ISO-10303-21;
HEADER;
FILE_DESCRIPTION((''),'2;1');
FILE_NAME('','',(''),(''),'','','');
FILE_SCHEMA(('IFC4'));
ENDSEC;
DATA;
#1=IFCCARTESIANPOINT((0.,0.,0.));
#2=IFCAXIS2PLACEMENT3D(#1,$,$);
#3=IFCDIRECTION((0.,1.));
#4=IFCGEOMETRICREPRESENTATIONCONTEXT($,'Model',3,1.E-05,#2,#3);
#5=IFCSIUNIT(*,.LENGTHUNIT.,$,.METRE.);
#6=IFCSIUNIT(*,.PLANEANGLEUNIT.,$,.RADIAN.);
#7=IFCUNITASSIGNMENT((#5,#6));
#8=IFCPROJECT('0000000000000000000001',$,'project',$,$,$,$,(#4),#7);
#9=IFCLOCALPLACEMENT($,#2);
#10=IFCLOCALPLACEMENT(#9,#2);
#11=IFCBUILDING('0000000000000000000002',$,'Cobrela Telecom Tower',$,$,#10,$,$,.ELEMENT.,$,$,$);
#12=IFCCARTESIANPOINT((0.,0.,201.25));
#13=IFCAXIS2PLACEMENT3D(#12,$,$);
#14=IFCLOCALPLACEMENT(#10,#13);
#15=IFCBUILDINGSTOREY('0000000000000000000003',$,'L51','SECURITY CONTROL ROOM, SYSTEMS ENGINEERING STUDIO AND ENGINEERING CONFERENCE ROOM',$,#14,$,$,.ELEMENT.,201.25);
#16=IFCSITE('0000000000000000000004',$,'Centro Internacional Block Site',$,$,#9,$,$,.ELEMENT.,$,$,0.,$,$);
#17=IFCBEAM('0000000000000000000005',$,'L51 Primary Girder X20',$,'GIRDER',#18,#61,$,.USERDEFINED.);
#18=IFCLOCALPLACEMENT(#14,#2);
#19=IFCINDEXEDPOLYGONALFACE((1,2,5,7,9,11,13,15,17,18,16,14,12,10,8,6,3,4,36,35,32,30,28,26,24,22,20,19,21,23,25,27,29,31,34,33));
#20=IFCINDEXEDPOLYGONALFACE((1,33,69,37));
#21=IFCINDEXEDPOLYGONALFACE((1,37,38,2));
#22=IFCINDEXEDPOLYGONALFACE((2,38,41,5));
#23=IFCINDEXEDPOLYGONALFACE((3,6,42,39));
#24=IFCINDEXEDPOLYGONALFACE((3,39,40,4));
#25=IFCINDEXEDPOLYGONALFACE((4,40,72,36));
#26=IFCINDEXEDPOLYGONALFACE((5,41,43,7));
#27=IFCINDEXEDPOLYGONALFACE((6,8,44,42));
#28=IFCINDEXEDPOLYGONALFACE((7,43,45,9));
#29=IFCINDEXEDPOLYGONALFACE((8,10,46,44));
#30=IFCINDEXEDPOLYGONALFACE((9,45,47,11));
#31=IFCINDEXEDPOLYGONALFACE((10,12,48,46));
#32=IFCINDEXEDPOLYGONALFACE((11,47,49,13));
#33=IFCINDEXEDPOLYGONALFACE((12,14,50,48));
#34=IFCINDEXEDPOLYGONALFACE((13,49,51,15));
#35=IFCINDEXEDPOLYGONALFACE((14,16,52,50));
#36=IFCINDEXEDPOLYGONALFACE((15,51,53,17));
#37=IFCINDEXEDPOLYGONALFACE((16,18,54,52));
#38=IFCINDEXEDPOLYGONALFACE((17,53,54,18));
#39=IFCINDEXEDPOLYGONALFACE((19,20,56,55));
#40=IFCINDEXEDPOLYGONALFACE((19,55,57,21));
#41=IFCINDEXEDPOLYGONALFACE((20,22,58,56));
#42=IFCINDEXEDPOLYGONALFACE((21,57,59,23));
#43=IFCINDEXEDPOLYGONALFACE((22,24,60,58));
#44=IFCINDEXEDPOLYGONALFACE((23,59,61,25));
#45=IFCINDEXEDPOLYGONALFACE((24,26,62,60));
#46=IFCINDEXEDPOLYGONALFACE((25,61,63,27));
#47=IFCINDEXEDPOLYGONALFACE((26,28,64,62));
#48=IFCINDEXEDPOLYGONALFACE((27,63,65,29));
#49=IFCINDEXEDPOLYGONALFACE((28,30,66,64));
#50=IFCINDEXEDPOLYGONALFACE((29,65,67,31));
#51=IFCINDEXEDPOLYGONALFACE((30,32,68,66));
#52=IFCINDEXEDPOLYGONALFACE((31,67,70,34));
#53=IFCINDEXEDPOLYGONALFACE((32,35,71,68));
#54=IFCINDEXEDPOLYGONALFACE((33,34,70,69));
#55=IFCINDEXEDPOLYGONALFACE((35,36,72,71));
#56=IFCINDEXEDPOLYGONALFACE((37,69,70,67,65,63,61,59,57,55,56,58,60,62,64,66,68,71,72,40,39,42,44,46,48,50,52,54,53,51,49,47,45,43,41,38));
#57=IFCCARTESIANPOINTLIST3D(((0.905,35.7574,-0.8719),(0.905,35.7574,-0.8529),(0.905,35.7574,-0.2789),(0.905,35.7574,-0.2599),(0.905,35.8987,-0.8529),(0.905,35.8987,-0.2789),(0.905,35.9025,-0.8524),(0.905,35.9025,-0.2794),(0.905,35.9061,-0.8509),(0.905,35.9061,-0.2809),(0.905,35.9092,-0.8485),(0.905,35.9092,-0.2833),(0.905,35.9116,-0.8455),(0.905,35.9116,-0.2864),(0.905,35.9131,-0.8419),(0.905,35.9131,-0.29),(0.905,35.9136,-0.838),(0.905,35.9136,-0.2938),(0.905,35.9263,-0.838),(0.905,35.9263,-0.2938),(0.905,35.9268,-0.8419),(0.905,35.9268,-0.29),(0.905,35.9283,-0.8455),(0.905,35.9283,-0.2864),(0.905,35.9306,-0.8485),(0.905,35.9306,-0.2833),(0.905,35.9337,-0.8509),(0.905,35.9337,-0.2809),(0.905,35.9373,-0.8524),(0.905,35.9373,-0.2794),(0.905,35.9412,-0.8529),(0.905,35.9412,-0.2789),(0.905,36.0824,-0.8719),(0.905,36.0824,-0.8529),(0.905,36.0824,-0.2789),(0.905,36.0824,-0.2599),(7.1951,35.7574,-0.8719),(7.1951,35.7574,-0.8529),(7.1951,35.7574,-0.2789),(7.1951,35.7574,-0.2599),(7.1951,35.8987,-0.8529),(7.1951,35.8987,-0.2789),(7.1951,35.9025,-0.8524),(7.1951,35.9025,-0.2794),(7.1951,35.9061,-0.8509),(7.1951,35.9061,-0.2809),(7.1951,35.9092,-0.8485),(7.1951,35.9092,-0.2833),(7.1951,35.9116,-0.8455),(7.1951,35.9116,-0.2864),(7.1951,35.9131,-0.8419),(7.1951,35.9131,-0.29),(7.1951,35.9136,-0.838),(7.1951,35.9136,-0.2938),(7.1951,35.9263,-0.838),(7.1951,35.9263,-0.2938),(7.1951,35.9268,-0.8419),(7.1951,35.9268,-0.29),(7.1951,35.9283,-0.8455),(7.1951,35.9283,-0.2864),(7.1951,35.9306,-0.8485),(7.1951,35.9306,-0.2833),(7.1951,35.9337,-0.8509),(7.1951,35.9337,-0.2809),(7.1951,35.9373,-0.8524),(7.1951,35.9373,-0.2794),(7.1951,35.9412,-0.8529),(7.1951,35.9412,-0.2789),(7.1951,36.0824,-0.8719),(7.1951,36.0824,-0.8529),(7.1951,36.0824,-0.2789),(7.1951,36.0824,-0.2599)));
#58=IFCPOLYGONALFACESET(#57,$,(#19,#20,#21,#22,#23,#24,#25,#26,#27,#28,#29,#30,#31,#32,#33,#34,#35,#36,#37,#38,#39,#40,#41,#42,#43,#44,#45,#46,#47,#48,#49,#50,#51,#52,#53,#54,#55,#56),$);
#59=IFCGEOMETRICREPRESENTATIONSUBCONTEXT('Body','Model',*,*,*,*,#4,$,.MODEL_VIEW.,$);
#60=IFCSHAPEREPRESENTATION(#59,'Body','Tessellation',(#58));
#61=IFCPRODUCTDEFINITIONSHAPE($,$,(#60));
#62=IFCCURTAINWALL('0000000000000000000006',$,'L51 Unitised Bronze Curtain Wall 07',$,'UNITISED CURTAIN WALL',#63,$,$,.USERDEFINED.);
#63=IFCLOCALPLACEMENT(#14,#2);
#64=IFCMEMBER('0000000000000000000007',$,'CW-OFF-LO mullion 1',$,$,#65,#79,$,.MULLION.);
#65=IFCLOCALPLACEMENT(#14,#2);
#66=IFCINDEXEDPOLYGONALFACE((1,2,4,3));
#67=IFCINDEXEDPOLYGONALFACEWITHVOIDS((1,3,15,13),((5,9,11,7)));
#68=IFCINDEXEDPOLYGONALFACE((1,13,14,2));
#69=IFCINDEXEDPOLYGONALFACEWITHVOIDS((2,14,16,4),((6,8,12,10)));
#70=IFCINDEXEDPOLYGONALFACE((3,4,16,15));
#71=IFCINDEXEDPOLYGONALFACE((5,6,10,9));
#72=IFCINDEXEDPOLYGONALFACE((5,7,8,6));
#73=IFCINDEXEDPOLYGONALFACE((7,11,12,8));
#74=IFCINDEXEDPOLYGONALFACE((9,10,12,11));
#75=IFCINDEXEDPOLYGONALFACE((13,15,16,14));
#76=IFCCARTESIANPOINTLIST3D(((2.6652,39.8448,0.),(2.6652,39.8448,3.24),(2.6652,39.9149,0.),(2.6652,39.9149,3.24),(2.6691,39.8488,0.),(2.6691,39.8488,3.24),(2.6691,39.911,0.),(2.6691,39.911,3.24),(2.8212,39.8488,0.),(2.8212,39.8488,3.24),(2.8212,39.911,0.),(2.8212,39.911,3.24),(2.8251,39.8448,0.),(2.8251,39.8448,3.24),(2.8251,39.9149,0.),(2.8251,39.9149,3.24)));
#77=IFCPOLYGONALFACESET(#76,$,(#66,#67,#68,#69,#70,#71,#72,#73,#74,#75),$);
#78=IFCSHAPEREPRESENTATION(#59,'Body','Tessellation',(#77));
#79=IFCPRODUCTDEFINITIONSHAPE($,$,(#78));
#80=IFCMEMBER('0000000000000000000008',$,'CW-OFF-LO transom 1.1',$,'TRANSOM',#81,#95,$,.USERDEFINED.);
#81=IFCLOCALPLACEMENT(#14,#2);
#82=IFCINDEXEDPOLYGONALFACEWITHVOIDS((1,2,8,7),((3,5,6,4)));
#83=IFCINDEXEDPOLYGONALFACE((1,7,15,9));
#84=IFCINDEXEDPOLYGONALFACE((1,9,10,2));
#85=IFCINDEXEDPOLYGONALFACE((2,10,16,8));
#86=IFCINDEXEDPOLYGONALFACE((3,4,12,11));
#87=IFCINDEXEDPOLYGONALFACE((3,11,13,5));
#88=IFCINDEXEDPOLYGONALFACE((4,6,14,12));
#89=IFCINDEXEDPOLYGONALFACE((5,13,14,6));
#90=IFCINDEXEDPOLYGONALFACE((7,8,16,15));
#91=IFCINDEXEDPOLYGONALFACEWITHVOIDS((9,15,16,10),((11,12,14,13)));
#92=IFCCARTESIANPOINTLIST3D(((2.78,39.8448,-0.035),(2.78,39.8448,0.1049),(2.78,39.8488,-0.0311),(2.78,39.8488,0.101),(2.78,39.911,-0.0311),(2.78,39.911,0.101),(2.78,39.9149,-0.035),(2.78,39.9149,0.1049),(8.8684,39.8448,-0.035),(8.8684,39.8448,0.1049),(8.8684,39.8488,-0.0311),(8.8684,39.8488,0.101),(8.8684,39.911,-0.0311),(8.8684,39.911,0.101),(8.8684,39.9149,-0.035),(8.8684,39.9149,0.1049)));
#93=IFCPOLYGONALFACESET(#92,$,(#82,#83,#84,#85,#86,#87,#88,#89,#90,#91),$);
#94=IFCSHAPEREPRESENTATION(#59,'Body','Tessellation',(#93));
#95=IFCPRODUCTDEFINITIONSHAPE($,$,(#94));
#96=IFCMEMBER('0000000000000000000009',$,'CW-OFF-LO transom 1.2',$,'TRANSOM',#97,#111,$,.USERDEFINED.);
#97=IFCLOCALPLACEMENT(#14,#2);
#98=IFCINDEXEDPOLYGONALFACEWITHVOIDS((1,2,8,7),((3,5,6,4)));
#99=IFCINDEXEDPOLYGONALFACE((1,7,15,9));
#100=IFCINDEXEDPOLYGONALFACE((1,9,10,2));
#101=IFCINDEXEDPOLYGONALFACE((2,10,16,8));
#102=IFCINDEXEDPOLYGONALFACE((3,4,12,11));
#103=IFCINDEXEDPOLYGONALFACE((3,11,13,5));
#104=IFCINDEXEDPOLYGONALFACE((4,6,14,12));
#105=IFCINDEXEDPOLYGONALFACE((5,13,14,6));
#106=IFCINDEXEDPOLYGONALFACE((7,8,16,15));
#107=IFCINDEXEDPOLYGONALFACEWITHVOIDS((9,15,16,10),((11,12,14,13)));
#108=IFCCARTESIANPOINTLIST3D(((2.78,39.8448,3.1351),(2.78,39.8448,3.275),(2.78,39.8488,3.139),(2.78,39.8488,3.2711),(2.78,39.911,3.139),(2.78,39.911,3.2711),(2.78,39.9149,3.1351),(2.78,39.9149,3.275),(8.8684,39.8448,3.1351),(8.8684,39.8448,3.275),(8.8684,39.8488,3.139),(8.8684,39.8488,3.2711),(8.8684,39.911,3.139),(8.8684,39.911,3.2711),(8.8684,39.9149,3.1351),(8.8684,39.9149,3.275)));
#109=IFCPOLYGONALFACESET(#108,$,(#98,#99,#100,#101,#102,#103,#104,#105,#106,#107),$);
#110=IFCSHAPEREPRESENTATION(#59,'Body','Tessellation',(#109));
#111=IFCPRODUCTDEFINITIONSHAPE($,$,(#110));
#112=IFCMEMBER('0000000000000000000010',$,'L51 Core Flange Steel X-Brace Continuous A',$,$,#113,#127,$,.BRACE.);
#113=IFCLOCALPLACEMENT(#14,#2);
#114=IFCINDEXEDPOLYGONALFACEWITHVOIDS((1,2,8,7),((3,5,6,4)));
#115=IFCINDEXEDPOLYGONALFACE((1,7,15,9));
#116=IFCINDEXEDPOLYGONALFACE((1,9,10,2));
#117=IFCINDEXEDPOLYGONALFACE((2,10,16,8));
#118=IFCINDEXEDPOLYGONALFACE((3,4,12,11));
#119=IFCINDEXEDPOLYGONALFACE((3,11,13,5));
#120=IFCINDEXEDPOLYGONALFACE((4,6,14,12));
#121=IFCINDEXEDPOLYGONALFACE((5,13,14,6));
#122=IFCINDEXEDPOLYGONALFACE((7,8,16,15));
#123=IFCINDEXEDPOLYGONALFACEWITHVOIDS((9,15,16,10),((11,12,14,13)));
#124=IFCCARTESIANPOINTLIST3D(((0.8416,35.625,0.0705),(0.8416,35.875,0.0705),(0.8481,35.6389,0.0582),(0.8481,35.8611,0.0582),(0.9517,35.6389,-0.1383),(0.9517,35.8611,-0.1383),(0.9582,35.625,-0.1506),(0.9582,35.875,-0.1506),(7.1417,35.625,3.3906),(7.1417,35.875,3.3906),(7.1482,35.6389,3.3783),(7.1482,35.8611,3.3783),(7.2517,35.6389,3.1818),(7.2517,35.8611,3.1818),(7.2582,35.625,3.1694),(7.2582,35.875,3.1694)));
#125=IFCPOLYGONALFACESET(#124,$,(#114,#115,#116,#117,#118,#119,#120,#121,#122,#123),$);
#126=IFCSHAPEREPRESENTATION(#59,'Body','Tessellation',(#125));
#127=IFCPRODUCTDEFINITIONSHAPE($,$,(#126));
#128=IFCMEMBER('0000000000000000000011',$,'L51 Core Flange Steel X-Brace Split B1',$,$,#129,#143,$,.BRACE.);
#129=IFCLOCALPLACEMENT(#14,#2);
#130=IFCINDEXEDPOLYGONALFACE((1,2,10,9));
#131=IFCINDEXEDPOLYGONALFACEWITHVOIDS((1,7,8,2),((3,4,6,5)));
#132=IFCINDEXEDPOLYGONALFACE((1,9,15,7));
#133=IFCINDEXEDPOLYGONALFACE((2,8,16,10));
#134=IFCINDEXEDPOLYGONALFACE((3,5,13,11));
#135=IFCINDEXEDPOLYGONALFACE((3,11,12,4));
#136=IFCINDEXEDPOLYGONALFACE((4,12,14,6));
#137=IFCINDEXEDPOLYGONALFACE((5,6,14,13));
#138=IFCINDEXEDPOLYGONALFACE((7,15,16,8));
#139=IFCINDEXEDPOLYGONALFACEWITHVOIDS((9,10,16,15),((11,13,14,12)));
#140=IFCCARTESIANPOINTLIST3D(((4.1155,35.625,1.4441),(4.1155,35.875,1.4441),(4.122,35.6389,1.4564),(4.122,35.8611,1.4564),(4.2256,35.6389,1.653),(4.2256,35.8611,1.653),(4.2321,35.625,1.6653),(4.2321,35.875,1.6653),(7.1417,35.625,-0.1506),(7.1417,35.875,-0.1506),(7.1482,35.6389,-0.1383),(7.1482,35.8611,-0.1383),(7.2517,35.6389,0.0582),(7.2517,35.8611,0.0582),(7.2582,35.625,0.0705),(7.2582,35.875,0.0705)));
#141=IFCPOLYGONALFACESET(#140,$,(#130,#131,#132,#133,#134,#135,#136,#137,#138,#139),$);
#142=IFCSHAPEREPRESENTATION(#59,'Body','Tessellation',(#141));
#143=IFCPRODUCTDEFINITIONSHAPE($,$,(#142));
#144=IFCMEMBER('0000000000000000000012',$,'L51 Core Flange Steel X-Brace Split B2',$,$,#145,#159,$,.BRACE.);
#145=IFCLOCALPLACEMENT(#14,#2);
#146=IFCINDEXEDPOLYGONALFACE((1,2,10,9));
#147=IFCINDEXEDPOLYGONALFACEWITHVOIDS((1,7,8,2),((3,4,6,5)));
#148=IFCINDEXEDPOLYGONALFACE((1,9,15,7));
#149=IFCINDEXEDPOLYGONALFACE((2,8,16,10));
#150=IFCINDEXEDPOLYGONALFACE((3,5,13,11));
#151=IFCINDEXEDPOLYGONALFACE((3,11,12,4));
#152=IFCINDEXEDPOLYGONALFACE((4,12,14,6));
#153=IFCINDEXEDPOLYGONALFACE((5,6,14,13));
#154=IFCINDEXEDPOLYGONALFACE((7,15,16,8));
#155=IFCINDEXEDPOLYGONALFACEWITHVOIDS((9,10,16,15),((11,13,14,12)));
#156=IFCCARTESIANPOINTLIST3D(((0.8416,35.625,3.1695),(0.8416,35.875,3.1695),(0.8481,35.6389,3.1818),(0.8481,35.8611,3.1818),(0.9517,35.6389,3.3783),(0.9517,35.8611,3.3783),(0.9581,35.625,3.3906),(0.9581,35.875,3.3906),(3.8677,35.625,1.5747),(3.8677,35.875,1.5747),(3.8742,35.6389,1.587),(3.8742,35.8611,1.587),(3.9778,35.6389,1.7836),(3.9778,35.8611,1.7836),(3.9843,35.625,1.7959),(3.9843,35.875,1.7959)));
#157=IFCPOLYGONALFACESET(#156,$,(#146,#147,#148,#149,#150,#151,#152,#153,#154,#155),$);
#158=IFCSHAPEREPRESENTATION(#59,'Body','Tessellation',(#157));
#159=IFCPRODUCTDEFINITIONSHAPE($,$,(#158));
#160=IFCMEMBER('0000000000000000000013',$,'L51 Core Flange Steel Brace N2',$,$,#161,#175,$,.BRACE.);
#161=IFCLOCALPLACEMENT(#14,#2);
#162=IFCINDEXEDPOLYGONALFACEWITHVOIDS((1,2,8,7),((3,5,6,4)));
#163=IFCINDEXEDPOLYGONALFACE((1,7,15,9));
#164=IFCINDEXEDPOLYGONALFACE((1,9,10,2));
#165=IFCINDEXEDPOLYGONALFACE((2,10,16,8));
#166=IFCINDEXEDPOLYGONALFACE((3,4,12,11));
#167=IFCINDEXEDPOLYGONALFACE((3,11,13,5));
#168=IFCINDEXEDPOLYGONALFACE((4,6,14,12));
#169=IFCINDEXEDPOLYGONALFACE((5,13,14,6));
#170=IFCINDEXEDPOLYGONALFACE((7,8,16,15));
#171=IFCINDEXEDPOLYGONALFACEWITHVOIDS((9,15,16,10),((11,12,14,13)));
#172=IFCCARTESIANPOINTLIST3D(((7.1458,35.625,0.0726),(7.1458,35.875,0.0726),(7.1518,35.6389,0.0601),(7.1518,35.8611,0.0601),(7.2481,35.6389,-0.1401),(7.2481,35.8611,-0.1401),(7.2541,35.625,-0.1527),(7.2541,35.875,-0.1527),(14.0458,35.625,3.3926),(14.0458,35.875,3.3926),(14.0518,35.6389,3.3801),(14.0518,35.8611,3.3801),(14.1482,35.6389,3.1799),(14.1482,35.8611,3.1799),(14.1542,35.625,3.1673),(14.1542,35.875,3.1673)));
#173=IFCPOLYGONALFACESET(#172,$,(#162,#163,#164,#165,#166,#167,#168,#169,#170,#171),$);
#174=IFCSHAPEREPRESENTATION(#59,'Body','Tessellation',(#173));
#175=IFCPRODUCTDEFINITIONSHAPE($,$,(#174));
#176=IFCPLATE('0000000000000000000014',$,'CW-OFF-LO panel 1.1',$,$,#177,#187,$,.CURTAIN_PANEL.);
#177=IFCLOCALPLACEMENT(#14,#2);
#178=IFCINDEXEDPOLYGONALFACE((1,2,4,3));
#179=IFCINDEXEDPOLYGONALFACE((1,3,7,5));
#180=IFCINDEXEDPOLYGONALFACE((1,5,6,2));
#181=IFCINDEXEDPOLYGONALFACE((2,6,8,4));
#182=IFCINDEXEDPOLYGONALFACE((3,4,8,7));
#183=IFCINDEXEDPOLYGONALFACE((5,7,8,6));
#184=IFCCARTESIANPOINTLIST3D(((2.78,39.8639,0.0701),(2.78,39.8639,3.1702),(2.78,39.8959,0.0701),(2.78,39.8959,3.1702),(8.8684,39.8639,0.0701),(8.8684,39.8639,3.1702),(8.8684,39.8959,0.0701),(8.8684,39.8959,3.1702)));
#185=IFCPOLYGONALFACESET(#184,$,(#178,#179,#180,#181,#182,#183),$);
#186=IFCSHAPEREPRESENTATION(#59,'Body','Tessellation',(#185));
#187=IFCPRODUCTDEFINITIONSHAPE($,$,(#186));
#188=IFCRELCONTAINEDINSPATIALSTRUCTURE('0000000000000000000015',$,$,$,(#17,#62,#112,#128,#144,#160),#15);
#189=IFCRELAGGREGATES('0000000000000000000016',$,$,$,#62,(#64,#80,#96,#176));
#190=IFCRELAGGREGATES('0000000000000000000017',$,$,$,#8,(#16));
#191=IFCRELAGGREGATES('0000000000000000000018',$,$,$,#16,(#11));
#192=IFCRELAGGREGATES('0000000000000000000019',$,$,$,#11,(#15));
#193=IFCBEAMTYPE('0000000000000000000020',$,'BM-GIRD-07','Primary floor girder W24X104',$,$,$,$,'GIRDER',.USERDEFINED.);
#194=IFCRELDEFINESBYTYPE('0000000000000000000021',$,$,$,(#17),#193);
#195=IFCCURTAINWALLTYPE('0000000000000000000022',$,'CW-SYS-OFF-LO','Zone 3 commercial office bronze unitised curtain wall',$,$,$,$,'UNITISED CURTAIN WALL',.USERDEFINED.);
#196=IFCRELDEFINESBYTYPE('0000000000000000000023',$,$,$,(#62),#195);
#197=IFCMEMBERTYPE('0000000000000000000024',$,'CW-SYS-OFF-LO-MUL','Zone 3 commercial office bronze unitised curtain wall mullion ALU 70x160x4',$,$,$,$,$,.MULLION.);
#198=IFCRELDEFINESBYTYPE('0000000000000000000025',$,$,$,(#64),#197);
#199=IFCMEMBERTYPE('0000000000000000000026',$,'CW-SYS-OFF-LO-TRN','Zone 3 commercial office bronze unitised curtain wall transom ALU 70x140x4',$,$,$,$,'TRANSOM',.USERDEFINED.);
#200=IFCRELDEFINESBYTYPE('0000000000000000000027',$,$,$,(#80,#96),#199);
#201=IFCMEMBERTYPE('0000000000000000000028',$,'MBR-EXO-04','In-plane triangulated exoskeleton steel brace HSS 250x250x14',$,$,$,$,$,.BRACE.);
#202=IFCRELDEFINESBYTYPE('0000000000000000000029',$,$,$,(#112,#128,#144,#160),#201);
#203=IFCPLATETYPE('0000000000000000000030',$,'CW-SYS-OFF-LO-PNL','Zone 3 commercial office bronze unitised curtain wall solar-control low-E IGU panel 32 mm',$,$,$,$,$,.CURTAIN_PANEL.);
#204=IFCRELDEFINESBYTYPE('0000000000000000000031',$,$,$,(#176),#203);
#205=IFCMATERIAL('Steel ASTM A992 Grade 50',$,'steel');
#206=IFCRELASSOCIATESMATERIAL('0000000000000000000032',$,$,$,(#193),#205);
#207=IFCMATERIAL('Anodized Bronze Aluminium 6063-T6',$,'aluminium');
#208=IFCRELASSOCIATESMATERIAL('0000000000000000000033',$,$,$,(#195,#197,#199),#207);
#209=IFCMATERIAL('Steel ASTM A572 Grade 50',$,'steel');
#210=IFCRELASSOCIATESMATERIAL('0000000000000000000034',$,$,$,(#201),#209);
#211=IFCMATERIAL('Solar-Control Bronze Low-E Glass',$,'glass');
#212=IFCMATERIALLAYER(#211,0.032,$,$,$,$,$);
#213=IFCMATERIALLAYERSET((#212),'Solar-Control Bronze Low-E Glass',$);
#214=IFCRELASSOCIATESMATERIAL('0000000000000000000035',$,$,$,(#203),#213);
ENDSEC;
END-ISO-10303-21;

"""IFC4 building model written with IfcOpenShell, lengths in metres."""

from ifc_helpers import new_model, si_unit, direction, frame, origin, origin_2d, place, context, subcontext, project, spatial, rectangle, hollow_rectangle, i_section, extrude, material, layer, layer_set, material_profile, profile_set, type_object, element, aggregate, save


model = new_model("IFC4")

# Units and contexts
model_context = context("Model", 3, precision=1e-05, world=origin(), true_north=direction((0.0, 1.0)))
body_context = subcontext(model_context, "Body", "Model", "MODEL_VIEW")
ifc_project = project(units=[si_unit("LENGTHUNIT", "METRE"), si_unit("PLANEANGLEUNIT", "RADIAN")], contexts=[model_context])

# Site, building, storey
site_placement = place(None, origin())
site = spatial("IfcSite", under=ifc_project, at=site_placement, Name="Centro Internacional Block Site", CompositionType="ELEMENT", RefElevation=0.0)
building_placement = place(site_placement, origin())
building = spatial("IfcBuilding", under=site, at=building_placement, Name="Cobrela Telecom Tower", CompositionType="ELEMENT")
storey_placement = place(building_placement, frame((0.0, 0.0, 201.25)))
storey = spatial("IfcBuildingStorey", under=building, at=storey_placement, Name="L51", Description="SECURITY CONTROL ROOM, SYSTEMS ENGINEERING STUDIO AND ENGINEERING CONFERENCE ROOM", CompositionType="ELEMENT", Elevation=201.25)

# Beam
ifc_material_1 = material(Name="Steel ASTM A992 Grade 50", Category="steel")
ifc_material_profile_1 = material_profile(ifc_material_1, i_section(OverallWidth=0.325, OverallDepth=0.6121, WebThickness=0.0127, FlangeThickness=0.019, FilletRadius=0.0149, at=origin_2d()), Name="W24X104")
ifc_profile_set_1 = profile_set([ifc_material_profile_1], Name="Steel ASTM A992 Grade 50")
beam_type = type_object("IfcBeamType", Name="BM-GIRD-07", Description="Primary floor girder W24X104", ElementType="GIRDER", PredefinedType="USERDEFINED", material=ifc_profile_set_1)
beam_placement = place(storey_placement, frame((0.905, 35.9199, -0.5659), z_axis=(1.0, 0.0, 0.0), x_axis=(0.0, 1.0, 0.0)))
element("IfcBeam", 1, at=beam_placement, inside=storey, type_object=beam_type, Name="L51 Primary Girder X20", ObjectType="GIRDER", PredefinedType="USERDEFINED", context=body_context, shape_type="SweptSolid", body=[
    extrude(i_section(OverallWidth=0.325, OverallDepth=0.6121, WebThickness=0.0127, FlangeThickness=0.019, FilletRadius=0.0149, at=origin_2d()), origin(), (0.0, 0.0, 1.0), 6.29),
])

# Curtain wall, members
ifc_material_2 = material(Name="Anodized Bronze Aluminium 6063-T6", Category="aluminium")
curtain_wall_type = type_object("IfcCurtainWallType", Name="CW-SYS-OFF-LO", Description="Zone 3 commercial office bronze unitised curtain wall", ElementType="UNITISED CURTAIN WALL", PredefinedType="USERDEFINED", material=ifc_material_2)
curtain_wall_placement = place(storey_placement, origin())
curtain_wall = element("IfcCurtainWall", 2, at=curtain_wall_placement, inside=storey, type_object=curtain_wall_type, Name="L51 Unitised Bronze Curtain Wall 07", ObjectType="UNITISED CURTAIN WALL", PredefinedType="USERDEFINED")
ifc_material_profile_2 = material_profile(ifc_material_2, hollow_rectangle(XDim=0.0701, YDim=0.1599, WallThickness=0.0039, at=origin_2d()), Name="ALU 70x160x4")
ifc_profile_set_2 = profile_set([ifc_material_profile_2], Name="Anodized Bronze Aluminium 6063-T6")
member_type_1 = type_object("IfcMemberType", Name="CW-SYS-OFF-LO-MUL", Description="Zone 3 commercial office bronze unitised curtain wall mullion ALU 70x160x4", PredefinedType="MULLION", material=ifc_profile_set_2)
member_1_placement = place(storey_placement, frame((2.7451, 39.8799, 0.0), z_axis=(0.0, 0.0, 1.0), x_axis=(0.0, 1.0, 0.0)))
member_1 = element("IfcMember", 3, at=member_1_placement, type_object=member_type_1, Name="CW-OFF-LO mullion 1", PredefinedType="MULLION", context=body_context, shape_type="SweptSolid", body=[
    extrude(hollow_rectangle(XDim=0.0701, YDim=0.1599, WallThickness=0.0039, at=origin_2d()), origin(), (0.0, 0.0, 1.0), 3.24),
])
ifc_material_profile_3 = material_profile(ifc_material_2, hollow_rectangle(XDim=0.0701, YDim=0.1399, WallThickness=0.0039, at=origin_2d()), Name="ALU 70x140x4")
ifc_profile_set_3 = profile_set([ifc_material_profile_3], Name="Anodized Bronze Aluminium 6063-T6")
member_type_2 = type_object("IfcMemberType", Name="CW-SYS-OFF-LO-TRN", Description="Zone 3 commercial office bronze unitised curtain wall transom ALU 70x140x4", ElementType="TRANSOM", PredefinedType="USERDEFINED", material=ifc_profile_set_3)
member_2_placement = place(storey_placement, frame((2.78, 39.8799, 0.0349), z_axis=(1.0, 0.0, 0.0), x_axis=(0.0, 1.0, 0.0)))
member_2 = element("IfcMember", 4, at=member_2_placement, type_object=member_type_2, Name="CW-OFF-LO transom 1.1", ObjectType="TRANSOM", PredefinedType="USERDEFINED", context=body_context, shape_type="SweptSolid", body=[
    extrude(hollow_rectangle(XDim=0.0701, YDim=0.1399, WallThickness=0.0039, at=origin_2d()), origin(), (0.0, 0.0, 1.0), 6.0884),
])
member_3_placement = place(storey_placement, frame((2.78, 39.8799, 3.2051), z_axis=(1.0, 0.0, 0.0), x_axis=(0.0, 1.0, 0.0)))
member_3 = element("IfcMember", 5, at=member_3_placement, type_object=member_type_2, Name="CW-OFF-LO transom 1.2", ObjectType="TRANSOM", PredefinedType="USERDEFINED", context=body_context, shape_type="SweptSolid", body=[
    extrude(hollow_rectangle(XDim=0.0701, YDim=0.1399, WallThickness=0.0039, at=origin_2d()), origin(), (0.0, 0.0, 1.0), 6.0884),
])

# Members
ifc_material_3 = material(Name="Steel ASTM A572 Grade 50", Category="steel")
ifc_material_profile_4 = material_profile(ifc_material_3, hollow_rectangle(XDim=0.25, YDim=0.25, WallThickness=0.0139, at=origin_2d()), Name="HSS 250x250x14")
ifc_profile_set_4 = profile_set([ifc_material_profile_4], Name="Steel ASTM A572 Grade 50")
member_type_3 = type_object("IfcMemberType", Name="MBR-EXO-04", Description="In-plane triangulated exoskeleton steel brace HSS 250x250x14", PredefinedType="BRACE", material=ifc_profile_set_4)
member_4_placement = place(storey_placement, frame((0.8999, 35.75, -0.04), z_axis=(0.884672, 0.0, 0.466214), x_axis=(0.0, 1.0, 0.0)))
element("IfcMember", 6, at=member_4_placement, inside=storey, type_object=member_type_3, Name="L51 Core Flange Steel X-Brace Continuous A", PredefinedType="BRACE", context=body_context, shape_type="SweptSolid", body=[
    extrude(hollow_rectangle(XDim=0.25, YDim=0.25, WallThickness=0.0139, at=origin_2d()), origin(), (0.0, 0.0, 1.0), 7.1213),
])
for number, where, z_axis, x_axis, name in (
    (7, (7.2, 35.75, -0.04), (-0.884673, 0.0, 0.466211), (0.0, -1.0, 0.0), "L51 Core Flange Steel X-Brace Split B1"),
    (8, (3.926, 35.75, 1.6853), (-0.884673, 0.0, 0.466211), (0.0, -1.0, 0.0), "L51 Core Flange Steel X-Brace Split B2"),
):
    element("IfcMember", number, at=place(storey_placement, frame(where, z_axis=z_axis, x_axis=x_axis)), inside=storey, type_object=member_type_3, Name=name, PredefinedType="BRACE", context=body_context, shape_type="SweptSolid", body=[
        extrude(hollow_rectangle(XDim=0.25, YDim=0.25, WallThickness=0.0139, at=origin_2d()), origin(), (0.0, 0.0, 1.0), 3.4207),
    ])
member_5_placement = place(storey_placement, frame((7.2, 35.75, -0.04), z_axis=(0.901115, 0.0, 0.43358), x_axis=(0.0, 1.0, 0.0)))
element("IfcMember", 9, at=member_5_placement, inside=storey, type_object=member_type_3, Name="L51 Core Flange Steel Brace N2", PredefinedType="BRACE", context=body_context, shape_type="SweptSolid", body=[
    extrude(hollow_rectangle(XDim=0.25, YDim=0.25, WallThickness=0.0139, at=origin_2d()), origin(), (0.0, 0.0, 1.0), 7.6572),
])

# Plate
ifc_material_4 = material(Name="Solar-Control Bronze Low-E Glass", Category="glass")
ifc_layer_1 = layer(ifc_material_4, 0.032)
ifc_layer_set_1 = layer_set([ifc_layer_1], Name="Solar-Control Bronze Low-E Glass")
plate_type_1 = type_object("IfcPlateType", Name="CW-SYS-OFF-LO-PNL", Description="Zone 3 commercial office bronze unitised curtain wall solar-control low-E IGU panel 32 mm", PredefinedType="CURTAIN_PANEL", material=ifc_layer_set_1)
plate_1_placement = place(storey_placement, frame((5.8242, 39.8799, 0.0701), z_axis=(0.0, 0.0, 1.0), x_axis=(1.0, 0.0, 0.0)))
plate_1 = element("IfcPlate", 10, at=plate_1_placement, type_object=plate_type_1, Name="CW-OFF-LO panel 1.1", PredefinedType="CURTAIN_PANEL", context=body_context, shape_type="SweptSolid", body=[
    extrude(rectangle(XDim=6.0884, YDim=0.032, at=origin_2d()), origin(), (0.0, 0.0, 1.0), 3.1001),
])
aggregate(curtain_wall, [member_1, member_2, member_3, plate_1])

save(model, "model.ifc")
